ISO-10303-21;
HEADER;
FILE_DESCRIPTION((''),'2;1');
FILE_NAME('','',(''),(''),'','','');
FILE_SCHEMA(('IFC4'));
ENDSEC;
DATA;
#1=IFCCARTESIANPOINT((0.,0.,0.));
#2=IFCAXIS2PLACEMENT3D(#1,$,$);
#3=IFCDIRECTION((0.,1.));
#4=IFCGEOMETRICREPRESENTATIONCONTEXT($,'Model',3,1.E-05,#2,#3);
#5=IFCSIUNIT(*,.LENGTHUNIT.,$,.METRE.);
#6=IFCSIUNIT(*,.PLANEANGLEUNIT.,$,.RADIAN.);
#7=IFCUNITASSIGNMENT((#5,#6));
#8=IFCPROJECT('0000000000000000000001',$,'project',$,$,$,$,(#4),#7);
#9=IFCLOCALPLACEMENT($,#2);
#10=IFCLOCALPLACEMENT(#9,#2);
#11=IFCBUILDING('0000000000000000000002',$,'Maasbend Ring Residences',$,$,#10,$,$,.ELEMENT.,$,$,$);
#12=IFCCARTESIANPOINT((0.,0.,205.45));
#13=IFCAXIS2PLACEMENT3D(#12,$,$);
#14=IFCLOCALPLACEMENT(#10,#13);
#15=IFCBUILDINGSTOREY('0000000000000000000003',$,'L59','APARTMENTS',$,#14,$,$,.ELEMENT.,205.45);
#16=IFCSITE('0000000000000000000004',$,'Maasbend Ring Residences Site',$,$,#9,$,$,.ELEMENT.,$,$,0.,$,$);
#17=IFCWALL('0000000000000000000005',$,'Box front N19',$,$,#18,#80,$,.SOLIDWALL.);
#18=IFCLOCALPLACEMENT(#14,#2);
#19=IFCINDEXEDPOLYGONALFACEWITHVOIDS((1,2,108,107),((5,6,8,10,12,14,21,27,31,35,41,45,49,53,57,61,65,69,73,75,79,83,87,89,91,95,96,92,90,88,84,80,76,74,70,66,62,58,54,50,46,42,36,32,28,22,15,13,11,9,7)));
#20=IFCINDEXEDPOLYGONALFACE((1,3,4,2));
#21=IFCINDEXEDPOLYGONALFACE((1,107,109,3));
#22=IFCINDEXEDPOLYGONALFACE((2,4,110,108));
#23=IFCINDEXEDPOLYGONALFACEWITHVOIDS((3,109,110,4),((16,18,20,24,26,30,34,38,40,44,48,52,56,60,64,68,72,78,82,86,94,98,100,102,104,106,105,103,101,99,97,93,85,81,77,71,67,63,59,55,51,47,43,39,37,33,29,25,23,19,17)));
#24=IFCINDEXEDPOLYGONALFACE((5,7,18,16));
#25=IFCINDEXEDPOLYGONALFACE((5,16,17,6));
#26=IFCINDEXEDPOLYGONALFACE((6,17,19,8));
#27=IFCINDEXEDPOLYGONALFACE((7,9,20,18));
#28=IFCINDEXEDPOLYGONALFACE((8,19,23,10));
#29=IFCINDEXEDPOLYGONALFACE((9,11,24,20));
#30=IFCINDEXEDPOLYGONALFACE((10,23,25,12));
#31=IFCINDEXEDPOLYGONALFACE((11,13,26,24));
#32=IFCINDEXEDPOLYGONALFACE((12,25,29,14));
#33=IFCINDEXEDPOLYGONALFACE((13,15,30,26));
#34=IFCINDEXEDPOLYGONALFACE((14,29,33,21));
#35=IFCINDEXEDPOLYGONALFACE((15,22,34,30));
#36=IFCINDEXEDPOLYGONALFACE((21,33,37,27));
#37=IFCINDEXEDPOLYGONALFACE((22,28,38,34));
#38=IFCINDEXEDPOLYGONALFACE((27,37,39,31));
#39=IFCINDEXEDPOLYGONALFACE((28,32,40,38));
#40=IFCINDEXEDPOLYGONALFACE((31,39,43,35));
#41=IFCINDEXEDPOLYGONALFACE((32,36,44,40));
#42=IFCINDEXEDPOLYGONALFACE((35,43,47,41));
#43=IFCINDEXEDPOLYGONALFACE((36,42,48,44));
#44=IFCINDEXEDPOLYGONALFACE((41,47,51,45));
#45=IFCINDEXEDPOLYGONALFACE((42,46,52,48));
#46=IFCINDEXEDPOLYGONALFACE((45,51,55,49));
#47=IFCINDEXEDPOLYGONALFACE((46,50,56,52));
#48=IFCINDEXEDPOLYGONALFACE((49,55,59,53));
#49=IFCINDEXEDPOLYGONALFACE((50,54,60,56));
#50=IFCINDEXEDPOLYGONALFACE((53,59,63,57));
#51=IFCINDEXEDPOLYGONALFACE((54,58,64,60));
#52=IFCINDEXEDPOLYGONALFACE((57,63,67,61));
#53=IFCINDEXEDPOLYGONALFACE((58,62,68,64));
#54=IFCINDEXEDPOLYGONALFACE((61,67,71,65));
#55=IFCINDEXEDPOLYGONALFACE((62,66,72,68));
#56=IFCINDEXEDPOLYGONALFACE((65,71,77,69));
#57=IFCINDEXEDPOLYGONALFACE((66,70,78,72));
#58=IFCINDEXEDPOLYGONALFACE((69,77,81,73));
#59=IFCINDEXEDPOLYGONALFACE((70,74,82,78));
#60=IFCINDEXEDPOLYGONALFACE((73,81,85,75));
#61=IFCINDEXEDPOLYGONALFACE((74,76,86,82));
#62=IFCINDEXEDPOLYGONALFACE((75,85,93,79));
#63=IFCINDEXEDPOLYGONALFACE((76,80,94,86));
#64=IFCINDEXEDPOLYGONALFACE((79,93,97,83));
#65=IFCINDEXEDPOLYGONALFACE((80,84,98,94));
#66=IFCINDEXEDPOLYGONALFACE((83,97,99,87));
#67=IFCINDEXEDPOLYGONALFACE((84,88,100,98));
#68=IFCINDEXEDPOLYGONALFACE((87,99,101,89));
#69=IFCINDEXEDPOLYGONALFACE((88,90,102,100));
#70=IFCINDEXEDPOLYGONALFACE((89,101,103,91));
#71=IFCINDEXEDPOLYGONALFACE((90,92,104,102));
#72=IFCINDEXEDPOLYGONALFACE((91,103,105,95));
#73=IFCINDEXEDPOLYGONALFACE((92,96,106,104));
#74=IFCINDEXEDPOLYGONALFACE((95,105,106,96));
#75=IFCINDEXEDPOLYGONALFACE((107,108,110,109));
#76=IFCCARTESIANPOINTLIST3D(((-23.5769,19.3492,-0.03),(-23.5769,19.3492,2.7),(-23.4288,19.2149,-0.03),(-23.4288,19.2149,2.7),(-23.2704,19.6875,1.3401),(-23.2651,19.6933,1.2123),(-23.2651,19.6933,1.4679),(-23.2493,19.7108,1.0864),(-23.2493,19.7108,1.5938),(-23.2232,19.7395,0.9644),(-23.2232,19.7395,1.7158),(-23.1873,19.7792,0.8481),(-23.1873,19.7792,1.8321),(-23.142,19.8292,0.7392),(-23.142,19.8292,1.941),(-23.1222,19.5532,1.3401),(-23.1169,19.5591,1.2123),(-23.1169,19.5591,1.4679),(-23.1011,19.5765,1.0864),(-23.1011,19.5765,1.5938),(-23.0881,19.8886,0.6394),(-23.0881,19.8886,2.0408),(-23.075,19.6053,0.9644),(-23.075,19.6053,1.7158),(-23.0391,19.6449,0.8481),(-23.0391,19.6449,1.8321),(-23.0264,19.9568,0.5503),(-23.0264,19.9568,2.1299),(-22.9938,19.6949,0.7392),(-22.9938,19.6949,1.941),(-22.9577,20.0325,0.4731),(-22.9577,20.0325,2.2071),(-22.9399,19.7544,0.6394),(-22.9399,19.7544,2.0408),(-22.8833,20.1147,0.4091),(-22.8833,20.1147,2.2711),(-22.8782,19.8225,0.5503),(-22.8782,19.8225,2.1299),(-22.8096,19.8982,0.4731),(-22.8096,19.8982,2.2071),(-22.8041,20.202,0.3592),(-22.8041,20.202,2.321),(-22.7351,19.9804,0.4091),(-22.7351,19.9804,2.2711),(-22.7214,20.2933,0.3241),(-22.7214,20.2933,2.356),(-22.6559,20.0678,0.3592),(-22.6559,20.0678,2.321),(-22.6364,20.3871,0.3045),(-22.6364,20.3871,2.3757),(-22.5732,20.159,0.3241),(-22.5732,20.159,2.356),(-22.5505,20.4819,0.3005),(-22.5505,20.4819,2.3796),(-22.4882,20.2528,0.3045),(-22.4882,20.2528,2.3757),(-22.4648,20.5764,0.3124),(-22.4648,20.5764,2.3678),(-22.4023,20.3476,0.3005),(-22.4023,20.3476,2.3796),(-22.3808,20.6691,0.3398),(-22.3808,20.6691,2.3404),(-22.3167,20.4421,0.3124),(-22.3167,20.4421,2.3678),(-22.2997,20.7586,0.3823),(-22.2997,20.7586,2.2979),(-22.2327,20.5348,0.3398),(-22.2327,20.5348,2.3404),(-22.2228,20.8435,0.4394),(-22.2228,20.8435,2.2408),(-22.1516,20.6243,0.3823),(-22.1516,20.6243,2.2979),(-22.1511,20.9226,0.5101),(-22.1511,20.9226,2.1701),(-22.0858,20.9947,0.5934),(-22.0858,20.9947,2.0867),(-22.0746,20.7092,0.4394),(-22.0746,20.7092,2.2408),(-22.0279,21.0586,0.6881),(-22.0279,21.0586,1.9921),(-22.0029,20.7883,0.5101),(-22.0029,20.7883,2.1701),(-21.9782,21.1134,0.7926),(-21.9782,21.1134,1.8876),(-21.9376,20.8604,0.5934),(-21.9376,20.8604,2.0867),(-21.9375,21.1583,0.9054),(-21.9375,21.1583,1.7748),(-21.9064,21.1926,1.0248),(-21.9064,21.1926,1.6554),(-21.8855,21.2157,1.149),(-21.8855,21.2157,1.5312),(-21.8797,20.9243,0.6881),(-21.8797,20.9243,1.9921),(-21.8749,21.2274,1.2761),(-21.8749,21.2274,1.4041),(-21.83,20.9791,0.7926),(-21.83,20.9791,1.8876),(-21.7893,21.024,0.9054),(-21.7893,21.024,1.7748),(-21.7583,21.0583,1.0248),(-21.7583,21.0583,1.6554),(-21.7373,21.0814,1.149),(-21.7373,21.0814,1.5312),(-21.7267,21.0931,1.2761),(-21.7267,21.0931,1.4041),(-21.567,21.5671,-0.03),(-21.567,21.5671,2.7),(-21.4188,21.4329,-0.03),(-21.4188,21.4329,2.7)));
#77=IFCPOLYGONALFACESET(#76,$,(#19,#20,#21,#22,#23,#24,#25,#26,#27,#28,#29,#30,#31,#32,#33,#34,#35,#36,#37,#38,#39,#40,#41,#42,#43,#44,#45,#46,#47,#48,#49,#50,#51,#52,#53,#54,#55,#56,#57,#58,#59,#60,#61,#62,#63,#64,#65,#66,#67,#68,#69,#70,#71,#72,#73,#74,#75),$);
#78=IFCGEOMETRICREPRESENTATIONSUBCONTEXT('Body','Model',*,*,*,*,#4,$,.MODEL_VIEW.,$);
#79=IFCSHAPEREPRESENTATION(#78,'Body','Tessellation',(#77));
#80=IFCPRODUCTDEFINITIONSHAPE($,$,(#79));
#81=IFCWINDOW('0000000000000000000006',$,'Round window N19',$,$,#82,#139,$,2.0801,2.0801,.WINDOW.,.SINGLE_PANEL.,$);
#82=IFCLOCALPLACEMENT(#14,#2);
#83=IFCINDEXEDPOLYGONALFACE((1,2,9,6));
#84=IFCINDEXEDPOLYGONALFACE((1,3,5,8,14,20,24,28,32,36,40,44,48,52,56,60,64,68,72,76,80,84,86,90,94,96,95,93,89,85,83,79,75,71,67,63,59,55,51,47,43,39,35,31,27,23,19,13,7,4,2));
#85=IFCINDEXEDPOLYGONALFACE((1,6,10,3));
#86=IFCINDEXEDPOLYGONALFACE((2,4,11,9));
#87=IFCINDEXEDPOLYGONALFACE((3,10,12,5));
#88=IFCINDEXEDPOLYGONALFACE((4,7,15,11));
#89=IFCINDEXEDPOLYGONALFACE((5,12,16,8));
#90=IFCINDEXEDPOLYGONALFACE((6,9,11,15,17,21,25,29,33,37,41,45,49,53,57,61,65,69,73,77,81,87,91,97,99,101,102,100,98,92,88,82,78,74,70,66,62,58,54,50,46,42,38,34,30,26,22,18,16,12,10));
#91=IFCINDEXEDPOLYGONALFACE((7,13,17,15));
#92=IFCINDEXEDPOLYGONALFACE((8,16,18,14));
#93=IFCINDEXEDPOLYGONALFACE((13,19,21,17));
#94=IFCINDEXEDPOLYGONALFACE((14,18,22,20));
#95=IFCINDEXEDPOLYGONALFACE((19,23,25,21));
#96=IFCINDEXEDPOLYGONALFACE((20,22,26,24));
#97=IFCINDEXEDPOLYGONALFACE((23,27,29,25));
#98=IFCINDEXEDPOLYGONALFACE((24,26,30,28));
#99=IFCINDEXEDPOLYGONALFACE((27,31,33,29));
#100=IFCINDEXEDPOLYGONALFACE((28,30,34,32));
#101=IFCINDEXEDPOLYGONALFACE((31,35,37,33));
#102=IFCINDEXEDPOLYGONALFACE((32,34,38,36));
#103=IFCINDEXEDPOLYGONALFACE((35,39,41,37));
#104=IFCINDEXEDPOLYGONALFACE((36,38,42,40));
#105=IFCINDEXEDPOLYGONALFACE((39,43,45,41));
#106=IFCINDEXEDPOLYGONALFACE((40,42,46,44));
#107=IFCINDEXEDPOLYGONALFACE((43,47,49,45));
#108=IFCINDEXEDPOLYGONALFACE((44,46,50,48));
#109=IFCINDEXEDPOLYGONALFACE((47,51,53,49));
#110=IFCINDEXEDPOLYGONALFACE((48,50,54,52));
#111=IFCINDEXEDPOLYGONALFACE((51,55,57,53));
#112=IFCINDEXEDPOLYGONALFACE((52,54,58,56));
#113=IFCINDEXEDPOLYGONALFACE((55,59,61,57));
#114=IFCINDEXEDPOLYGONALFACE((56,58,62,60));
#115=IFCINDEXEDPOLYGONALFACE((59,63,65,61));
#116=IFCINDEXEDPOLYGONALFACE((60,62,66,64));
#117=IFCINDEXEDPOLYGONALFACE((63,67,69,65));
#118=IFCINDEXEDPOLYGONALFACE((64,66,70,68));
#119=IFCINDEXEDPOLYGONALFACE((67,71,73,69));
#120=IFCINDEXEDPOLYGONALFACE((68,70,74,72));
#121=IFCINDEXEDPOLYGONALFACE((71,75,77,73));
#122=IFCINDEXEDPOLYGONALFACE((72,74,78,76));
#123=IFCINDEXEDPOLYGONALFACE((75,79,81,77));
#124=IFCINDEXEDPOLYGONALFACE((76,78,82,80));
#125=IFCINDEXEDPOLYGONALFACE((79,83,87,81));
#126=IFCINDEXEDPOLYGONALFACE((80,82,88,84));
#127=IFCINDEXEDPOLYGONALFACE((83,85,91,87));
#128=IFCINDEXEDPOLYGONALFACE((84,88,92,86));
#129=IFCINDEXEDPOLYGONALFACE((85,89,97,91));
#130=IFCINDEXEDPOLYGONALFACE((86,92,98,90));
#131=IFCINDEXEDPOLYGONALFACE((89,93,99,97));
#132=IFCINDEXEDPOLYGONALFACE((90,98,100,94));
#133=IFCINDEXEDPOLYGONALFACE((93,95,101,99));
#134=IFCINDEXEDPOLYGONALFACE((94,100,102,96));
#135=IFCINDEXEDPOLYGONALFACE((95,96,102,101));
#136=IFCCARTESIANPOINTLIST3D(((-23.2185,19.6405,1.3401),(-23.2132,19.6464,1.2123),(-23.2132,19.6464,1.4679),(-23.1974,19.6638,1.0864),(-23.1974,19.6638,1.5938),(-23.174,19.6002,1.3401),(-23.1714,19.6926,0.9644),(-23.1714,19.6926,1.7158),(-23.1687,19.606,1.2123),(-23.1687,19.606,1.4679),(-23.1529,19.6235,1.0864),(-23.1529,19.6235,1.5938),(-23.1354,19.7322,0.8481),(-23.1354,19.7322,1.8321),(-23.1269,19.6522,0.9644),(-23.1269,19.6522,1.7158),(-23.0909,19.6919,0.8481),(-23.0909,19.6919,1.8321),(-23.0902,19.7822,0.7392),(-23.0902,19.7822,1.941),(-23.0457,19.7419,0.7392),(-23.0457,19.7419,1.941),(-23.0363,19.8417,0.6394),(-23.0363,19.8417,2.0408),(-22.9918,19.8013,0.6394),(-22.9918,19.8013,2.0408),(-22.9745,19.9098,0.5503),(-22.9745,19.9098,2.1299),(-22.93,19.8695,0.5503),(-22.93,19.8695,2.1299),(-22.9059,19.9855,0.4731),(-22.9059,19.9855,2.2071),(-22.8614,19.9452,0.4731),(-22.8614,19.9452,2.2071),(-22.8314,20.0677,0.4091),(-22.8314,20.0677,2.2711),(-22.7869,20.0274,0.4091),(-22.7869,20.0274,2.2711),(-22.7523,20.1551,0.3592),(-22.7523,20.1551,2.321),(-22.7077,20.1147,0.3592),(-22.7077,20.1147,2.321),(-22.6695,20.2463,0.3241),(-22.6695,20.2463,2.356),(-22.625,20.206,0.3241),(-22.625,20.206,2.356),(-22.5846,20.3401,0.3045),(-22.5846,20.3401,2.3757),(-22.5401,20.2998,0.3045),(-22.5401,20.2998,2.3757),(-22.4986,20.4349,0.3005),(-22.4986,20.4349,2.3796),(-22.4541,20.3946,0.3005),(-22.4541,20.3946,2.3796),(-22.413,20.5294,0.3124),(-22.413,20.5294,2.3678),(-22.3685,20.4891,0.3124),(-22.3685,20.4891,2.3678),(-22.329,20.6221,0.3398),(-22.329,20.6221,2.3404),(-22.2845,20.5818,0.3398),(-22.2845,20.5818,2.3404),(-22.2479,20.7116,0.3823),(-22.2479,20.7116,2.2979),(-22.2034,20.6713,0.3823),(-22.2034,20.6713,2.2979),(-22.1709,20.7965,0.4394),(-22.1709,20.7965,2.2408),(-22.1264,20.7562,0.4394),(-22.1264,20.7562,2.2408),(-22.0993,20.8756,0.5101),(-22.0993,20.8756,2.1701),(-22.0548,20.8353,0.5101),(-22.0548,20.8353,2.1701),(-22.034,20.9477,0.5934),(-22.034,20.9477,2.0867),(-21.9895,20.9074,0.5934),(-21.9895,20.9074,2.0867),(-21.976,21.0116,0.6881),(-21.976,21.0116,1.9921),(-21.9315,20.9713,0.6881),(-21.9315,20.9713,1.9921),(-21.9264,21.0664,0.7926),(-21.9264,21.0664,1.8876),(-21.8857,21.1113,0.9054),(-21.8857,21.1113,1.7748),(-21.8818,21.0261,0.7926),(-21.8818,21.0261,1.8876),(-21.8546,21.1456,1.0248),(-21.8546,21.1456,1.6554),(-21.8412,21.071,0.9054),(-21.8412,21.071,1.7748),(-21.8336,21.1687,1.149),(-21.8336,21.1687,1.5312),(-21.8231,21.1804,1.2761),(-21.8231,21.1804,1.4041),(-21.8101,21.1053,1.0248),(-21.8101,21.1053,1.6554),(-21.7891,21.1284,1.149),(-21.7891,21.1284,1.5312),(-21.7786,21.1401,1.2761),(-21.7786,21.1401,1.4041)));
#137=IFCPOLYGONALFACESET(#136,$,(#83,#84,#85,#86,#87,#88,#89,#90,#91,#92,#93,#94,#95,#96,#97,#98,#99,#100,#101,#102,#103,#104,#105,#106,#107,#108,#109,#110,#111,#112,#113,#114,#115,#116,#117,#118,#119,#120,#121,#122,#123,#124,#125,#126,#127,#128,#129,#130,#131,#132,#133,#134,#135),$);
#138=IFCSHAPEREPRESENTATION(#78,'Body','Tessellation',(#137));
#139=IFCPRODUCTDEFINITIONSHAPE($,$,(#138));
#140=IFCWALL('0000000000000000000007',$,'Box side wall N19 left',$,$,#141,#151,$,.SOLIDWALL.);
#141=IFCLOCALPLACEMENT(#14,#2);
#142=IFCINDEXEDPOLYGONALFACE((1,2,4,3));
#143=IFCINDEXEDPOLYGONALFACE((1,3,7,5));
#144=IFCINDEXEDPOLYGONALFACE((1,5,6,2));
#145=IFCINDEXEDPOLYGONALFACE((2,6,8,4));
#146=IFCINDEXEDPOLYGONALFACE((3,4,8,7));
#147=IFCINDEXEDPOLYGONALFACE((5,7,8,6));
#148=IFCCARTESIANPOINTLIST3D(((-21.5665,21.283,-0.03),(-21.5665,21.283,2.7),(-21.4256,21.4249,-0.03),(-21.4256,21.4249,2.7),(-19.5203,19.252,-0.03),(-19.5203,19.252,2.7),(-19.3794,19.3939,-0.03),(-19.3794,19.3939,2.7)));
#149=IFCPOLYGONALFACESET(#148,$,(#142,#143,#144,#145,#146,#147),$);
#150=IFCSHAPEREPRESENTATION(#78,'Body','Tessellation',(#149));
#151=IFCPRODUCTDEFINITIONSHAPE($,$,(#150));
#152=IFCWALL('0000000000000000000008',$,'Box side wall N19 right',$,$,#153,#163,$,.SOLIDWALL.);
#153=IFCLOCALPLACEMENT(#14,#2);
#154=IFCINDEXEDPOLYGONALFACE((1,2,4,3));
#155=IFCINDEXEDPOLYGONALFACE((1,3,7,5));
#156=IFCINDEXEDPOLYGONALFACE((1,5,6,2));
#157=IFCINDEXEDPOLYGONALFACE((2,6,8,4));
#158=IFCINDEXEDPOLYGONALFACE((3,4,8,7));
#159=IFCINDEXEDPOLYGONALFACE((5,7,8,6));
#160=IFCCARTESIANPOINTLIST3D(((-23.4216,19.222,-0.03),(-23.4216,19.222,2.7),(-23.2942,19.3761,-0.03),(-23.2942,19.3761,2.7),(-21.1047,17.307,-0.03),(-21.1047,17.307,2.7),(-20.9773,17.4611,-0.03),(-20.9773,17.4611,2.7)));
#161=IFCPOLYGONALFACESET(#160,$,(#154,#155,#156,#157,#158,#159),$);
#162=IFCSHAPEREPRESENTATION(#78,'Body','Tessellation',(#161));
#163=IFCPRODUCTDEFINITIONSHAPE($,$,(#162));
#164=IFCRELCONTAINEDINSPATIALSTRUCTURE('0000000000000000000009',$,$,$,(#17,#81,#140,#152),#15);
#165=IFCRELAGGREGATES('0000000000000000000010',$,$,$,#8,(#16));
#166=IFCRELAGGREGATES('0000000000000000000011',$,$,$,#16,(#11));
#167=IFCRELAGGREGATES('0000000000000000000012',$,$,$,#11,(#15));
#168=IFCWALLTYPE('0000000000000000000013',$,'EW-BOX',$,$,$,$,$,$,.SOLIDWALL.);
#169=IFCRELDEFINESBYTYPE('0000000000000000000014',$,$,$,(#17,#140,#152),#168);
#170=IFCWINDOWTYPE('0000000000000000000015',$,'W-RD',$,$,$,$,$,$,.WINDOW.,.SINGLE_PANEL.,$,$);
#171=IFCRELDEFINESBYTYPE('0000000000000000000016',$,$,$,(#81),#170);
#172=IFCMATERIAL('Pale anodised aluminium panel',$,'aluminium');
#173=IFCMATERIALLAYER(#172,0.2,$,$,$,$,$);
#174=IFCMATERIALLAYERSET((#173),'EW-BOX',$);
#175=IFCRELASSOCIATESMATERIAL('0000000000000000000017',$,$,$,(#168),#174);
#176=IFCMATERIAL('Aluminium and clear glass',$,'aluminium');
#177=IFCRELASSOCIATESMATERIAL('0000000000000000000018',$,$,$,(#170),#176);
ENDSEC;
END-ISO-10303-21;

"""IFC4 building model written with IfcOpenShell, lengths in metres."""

from ifc_helpers import new_model, si_unit, direction, frame, frame_2d, origin, place, context, subcontext, project, spatial, rectangle, circle, extrude, material, layer, layer_set, type_object, element, fill, save


model = new_model("IFC4")

# Units and contexts
model_context = context("Model", 3, precision=1e-05, world=origin(), true_north=direction((0.0, 1.0)))
body_context = subcontext(model_context, "Body", "Model", "MODEL_VIEW")
ifc_project = project(units=[si_unit("LENGTHUNIT", "METRE"), si_unit("PLANEANGLEUNIT", "RADIAN")], contexts=[model_context])

# Site, building, storey
site_placement = place(None, origin())
site = spatial("IfcSite", under=ifc_project, at=site_placement, Name="Maasbend Ring Residences Site", CompositionType="ELEMENT", RefElevation=0.0)
building_placement = place(site_placement, origin())
building = spatial("IfcBuilding", under=site, at=building_placement, Name="Maasbend Ring Residences", CompositionType="ELEMENT")
storey_placement = place(building_placement, frame((0.0, 0.0, 205.45)))
storey = spatial("IfcBuildingStorey", under=building, at=storey_placement, Name="L59", Description="APARTMENTS", CompositionType="ELEMENT", Elevation=205.45)

# Wall, opening, window
ifc_material_1 = material(Name="Pale anodised aluminium panel", Category="aluminium")
ifc_layer_1 = layer(ifc_material_1, 0.2)
ifc_layer_set_1 = layer_set([ifc_layer_1], Name="EW-BOX")
wall_type_1 = type_object("IfcWallType", Name="EW-BOX", PredefinedType="SOLIDWALL", material=ifc_layer_set_1)
wall_1_placement = place(storey_placement, frame((-21.4929, 21.5, -0.03), z_axis=(0.0, 0.0, 1.0), x_axis=(-0.671507, -0.740998, 0.0)))
wall_1 = element("IfcWall", 1, at=wall_1_placement, inside=storey, type_object=wall_type_1, Name="Box front N19", PredefinedType="SOLIDWALL", context=body_context, shape_type="SweptSolid", body=[
    extrude(rectangle(XDim=2.9932, YDim=0.2, at=frame_2d((1.4966, 0.0))), origin(), (0.0, 0.0, 1.0), 2.73),
])
opening_1_placement = place(wall_1_placement, frame((0.4565, 0.0, 0.3301)))
opening_1 = element("IfcOpeningElement", 2, at=opening_1_placement, cuts=wall_1, PredefinedType="OPENING", context=body_context, shape_type="SweptSolid", body=[
    extrude(circle(Radius=1.04, at=frame_2d((1.04, 1.04))), frame((0.0, 0.1099, 0.0), z_axis=(0.0, -1.0, 0.0), x_axis=(1.0, 0.0, 0.0)), (0.0, 0.0, 1.0), 0.22),
])
ifc_material_2 = material(Name="Aluminium and clear glass", Category="aluminium")
window_type_1 = type_object("IfcWindowType", Name="W-RD", PartitioningType="SINGLE_PANEL", PredefinedType="WINDOW", material=ifc_material_2)
window_1_placement = place(opening_1_placement, origin())
window_1 = element("IfcWindow", 3, at=window_1_placement, inside=storey, type_object=window_type_1, Name="Round window N19", OverallHeight=2.0801, OverallWidth=2.0801, PartitioningType="SINGLE_PANEL", PredefinedType="WINDOW", context=body_context, shape_type="SweptSolid", body=[
    extrude(circle(Radius=1.04, at=frame_2d((1.04, 1.04))), frame((0.0, 0.03, 0.0), z_axis=(0.0, -1.0, 0.0), x_axis=(1.0, 0.0, 0.0)), (0.0, 0.0, 1.0), 0.0601),
])
fill(opening_1, window_1)

# Walls
wall_2_placement = place(storey_placement, frame((-19.45, 19.323, -0.03), z_axis=(0.0, 0.0, 1.0), x_axis=(-0.709727, 0.704477, 0.0)))
element("IfcWall", 4, at=wall_2_placement, inside=storey, type_object=wall_type_1, Name="Box side wall N19 left", PredefinedType="SOLIDWALL", context=body_context, shape_type="SweptSolid", body=[
    extrude(rectangle(XDim=2.8831, YDim=0.2, at=frame_2d((1.4414, 0.0))), origin(), (0.0, 0.0, 1.0), 2.73),
])
wall_3_placement = place(storey_placement, frame((-21.041, 17.384, -0.03), z_axis=(0.0, 0.0, 1.0), x_axis=(-0.770785, 0.637096, 0.0)))
element("IfcWall", 5, at=wall_3_placement, inside=storey, type_object=wall_type_1, Name="Box side wall N19 right", PredefinedType="SOLIDWALL", context=body_context, shape_type="SweptSolid", body=[
    extrude(rectangle(XDim=3.0059, YDim=0.2, at=frame_2d((1.5029, 0.0))), origin(), (0.0, 0.0, 1.0), 2.73),
])

save(model, "model.ifc")
